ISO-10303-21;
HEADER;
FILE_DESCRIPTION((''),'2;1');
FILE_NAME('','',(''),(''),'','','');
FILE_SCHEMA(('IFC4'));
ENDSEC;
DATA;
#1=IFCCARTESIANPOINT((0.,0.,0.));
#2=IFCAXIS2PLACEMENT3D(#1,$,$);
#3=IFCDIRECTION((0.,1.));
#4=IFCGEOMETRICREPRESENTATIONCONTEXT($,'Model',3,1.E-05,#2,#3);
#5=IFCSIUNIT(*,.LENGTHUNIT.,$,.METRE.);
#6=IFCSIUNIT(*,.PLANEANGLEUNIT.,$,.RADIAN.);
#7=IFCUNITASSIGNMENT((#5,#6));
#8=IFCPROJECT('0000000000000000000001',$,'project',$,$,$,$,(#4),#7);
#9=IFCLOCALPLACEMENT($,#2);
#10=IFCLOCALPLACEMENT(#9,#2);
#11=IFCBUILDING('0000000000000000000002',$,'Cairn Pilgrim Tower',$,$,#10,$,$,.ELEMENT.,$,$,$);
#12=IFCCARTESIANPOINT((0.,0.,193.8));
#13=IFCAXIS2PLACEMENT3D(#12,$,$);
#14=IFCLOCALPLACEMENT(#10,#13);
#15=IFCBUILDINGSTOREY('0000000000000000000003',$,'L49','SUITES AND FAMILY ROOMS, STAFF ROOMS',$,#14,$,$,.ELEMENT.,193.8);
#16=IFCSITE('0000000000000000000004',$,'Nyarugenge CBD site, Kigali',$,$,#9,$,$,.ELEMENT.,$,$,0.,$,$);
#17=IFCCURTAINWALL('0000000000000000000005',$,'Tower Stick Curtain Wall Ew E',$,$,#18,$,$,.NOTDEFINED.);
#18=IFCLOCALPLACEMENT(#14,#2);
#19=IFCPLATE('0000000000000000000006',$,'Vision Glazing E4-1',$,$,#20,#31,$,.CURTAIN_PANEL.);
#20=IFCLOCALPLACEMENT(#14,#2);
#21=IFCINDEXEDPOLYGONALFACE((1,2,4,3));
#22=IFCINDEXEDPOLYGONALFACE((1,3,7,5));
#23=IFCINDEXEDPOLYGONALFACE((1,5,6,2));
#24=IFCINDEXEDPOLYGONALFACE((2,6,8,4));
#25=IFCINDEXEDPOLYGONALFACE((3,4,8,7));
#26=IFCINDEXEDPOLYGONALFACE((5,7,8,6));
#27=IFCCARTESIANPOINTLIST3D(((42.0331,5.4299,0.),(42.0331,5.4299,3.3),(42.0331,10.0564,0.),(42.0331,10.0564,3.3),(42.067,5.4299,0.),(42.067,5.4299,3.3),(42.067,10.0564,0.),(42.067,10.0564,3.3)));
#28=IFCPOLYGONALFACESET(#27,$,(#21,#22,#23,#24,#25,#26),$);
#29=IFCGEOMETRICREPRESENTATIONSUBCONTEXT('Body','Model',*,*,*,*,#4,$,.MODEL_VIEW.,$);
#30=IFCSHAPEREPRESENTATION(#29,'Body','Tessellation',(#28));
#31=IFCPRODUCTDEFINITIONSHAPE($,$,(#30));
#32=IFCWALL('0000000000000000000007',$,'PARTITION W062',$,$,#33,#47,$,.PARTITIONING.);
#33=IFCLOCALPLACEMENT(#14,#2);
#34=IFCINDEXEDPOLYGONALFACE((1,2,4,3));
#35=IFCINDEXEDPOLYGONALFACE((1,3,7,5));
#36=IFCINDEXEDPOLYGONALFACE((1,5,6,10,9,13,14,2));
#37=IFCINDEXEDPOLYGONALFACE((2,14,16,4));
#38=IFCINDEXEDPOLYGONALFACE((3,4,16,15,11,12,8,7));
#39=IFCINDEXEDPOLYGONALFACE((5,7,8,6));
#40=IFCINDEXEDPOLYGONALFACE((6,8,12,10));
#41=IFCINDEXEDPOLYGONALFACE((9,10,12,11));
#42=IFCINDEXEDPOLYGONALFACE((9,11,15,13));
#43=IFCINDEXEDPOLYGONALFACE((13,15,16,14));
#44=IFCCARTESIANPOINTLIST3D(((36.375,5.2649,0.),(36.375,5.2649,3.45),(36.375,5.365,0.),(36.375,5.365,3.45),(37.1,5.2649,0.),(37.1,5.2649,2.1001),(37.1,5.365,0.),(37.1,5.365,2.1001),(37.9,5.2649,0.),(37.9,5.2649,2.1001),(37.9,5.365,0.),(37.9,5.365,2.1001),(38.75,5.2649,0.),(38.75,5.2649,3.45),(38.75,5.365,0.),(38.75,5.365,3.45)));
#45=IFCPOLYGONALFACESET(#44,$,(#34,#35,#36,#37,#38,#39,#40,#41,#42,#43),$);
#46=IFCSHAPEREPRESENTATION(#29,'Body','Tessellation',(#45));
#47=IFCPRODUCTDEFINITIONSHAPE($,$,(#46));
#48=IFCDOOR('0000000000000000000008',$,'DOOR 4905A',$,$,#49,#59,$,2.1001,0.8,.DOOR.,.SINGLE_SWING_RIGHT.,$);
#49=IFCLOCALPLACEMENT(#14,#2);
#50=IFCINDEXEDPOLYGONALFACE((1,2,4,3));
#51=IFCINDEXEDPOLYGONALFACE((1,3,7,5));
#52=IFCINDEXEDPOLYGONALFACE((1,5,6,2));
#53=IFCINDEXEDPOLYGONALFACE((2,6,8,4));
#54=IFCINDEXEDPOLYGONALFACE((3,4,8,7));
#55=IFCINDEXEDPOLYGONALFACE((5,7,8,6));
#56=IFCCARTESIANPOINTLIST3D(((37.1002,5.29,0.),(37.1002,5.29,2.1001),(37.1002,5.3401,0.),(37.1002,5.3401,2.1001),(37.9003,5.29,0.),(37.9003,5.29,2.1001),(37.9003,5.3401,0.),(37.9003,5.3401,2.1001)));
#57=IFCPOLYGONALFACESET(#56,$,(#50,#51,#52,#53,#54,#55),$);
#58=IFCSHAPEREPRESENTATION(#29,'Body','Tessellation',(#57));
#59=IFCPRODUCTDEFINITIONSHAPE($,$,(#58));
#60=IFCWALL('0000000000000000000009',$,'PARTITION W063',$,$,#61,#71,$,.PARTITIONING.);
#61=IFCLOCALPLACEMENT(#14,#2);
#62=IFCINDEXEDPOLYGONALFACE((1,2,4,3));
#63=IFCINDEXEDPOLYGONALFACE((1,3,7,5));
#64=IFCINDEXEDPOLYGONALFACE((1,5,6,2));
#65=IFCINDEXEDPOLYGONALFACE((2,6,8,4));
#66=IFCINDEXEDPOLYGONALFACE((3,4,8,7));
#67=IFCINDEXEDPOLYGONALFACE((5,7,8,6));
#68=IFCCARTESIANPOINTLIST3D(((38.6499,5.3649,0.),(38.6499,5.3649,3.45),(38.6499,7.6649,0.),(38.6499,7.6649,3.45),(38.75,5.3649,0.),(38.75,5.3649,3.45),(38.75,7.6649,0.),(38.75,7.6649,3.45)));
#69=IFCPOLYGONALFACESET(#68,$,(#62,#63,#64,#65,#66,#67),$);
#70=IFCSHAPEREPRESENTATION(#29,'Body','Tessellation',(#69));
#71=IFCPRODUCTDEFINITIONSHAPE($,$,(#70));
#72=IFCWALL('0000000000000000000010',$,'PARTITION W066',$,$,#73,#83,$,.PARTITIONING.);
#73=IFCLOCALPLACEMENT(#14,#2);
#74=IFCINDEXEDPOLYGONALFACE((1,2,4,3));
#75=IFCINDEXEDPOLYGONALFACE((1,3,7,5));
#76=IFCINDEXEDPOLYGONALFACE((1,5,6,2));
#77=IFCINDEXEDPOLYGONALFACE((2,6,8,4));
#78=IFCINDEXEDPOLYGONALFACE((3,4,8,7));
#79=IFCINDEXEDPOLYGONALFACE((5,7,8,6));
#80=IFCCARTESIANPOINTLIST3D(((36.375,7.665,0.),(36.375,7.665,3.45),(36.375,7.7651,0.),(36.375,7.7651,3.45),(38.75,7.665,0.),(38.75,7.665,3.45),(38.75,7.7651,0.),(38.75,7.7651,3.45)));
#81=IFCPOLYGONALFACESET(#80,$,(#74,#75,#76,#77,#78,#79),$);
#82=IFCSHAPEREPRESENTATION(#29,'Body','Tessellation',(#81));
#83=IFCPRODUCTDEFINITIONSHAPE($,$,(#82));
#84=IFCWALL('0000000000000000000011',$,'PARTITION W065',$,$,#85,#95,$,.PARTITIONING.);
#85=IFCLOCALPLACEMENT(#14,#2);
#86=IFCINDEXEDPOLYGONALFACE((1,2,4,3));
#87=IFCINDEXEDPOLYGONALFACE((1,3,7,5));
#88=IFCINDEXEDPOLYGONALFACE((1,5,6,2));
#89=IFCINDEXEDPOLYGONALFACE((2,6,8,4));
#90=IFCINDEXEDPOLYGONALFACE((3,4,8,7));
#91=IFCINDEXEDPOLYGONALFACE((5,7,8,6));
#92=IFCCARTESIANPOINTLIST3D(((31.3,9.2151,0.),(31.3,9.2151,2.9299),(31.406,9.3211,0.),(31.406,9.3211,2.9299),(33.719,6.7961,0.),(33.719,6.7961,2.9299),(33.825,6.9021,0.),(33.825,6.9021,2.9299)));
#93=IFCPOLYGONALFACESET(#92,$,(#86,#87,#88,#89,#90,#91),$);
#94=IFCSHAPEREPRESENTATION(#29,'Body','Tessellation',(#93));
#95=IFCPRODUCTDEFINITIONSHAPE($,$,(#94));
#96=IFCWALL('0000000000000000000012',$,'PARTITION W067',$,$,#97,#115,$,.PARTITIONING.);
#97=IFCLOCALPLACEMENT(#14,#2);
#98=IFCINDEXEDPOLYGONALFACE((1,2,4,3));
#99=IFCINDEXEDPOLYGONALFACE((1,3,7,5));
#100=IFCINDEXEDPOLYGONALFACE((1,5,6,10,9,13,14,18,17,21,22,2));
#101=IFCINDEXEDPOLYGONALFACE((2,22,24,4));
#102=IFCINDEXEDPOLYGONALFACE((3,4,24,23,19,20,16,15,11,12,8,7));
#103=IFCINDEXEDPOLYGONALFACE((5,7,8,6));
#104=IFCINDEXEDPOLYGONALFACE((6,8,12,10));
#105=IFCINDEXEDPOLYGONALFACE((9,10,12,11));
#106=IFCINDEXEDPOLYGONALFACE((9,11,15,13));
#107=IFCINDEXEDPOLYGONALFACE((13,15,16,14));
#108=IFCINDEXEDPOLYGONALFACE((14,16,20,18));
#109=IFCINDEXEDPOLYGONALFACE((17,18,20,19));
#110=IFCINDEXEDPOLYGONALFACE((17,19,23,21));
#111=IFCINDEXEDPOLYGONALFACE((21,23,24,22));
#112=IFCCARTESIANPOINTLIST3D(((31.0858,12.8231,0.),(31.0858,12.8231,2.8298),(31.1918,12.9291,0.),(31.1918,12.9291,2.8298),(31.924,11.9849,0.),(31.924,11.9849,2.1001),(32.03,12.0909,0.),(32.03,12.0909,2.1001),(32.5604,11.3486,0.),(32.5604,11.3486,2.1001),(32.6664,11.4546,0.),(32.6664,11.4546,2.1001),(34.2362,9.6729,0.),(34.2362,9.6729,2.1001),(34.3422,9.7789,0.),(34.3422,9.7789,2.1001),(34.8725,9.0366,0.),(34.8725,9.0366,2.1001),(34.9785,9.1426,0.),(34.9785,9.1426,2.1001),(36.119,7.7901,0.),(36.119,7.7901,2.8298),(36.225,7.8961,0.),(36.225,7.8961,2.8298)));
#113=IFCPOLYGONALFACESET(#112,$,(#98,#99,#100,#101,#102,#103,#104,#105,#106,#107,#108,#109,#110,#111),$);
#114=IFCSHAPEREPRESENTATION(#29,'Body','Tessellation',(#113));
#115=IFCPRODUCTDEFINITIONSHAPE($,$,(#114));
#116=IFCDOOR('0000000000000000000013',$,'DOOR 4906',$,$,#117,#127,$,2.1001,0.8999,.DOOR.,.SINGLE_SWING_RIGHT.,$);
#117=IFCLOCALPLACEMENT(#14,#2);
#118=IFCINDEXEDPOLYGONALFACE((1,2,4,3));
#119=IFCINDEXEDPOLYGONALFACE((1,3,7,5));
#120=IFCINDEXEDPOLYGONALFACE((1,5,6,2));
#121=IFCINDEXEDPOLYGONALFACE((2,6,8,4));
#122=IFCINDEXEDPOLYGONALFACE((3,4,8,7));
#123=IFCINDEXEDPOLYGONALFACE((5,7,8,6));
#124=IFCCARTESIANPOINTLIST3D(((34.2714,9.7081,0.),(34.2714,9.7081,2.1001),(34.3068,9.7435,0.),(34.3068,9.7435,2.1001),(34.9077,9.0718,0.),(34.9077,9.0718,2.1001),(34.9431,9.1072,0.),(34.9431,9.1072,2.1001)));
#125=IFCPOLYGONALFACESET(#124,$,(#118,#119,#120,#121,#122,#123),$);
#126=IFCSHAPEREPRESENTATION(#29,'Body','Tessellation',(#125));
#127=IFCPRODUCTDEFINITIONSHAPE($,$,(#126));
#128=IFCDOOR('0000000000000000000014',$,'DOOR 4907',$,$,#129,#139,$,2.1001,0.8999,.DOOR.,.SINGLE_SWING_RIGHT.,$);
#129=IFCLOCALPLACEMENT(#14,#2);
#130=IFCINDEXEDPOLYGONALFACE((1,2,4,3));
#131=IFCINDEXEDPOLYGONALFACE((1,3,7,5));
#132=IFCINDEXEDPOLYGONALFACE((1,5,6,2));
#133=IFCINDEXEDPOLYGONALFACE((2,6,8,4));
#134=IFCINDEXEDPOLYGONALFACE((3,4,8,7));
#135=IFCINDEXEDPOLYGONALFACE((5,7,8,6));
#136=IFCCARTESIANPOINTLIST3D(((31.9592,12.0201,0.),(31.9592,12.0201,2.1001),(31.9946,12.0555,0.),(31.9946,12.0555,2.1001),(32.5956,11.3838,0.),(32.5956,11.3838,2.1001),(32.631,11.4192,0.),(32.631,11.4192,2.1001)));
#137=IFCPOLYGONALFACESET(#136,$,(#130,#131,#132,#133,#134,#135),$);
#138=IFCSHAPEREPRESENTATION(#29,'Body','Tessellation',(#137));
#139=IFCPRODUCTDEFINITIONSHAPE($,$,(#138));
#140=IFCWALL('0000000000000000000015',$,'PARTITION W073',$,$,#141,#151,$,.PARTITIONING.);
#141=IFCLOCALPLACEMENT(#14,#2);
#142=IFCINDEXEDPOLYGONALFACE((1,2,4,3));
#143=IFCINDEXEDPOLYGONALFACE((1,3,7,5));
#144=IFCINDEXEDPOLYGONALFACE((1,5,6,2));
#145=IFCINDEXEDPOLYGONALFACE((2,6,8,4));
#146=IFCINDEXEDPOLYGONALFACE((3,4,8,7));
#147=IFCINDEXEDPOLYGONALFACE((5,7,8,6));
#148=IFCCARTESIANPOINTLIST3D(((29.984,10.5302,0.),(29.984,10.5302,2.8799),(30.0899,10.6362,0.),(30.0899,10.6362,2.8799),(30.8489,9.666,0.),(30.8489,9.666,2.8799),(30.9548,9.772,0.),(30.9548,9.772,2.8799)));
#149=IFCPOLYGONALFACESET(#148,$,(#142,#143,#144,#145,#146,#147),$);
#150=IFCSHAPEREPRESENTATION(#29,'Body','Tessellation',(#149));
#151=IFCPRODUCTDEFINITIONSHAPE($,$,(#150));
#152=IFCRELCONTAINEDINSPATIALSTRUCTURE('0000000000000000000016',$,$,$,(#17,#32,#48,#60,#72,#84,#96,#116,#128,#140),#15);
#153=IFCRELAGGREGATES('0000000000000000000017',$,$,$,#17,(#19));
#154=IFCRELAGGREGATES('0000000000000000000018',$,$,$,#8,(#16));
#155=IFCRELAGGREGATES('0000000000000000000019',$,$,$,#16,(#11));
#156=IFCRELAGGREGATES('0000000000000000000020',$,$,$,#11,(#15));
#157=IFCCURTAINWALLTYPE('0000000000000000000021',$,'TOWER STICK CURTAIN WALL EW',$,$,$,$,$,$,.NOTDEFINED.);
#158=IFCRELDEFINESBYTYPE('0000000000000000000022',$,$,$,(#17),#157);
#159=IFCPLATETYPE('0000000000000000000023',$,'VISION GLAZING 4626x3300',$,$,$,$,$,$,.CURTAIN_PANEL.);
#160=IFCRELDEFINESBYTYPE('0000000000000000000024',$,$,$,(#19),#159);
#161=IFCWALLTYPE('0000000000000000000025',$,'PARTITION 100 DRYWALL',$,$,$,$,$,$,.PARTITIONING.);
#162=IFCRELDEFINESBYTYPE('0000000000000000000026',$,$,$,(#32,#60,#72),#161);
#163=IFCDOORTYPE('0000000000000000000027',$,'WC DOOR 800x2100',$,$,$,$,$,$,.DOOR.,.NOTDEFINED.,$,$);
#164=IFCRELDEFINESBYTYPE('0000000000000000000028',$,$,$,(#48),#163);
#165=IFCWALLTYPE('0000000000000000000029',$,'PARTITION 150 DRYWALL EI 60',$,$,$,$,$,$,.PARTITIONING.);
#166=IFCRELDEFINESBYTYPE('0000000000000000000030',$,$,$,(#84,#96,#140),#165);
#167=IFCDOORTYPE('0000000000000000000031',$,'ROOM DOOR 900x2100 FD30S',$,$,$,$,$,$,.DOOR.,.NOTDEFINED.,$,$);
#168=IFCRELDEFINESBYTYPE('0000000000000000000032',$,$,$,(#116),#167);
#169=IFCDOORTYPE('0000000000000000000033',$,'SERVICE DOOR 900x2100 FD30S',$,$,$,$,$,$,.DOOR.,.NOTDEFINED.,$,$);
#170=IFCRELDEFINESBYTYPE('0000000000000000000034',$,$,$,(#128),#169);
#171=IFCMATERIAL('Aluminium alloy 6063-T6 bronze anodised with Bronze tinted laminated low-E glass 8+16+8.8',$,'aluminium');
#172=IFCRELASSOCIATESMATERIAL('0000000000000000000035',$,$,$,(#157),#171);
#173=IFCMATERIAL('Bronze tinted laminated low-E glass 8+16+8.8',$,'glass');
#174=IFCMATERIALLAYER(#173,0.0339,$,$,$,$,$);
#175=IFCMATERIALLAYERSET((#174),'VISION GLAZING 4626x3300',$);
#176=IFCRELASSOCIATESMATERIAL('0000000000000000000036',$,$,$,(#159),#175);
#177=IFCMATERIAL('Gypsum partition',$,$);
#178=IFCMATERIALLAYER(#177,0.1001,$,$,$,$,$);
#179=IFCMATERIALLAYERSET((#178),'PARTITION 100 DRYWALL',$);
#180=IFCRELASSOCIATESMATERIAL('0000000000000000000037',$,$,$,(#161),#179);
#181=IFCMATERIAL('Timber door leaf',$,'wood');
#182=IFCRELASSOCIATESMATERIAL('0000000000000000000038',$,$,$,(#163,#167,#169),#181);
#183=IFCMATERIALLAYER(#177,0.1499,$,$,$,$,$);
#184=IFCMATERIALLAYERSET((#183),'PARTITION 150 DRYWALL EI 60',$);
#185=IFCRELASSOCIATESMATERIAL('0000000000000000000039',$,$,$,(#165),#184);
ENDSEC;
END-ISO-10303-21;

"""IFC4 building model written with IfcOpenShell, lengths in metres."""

from ifc_helpers import new_model, si_unit, direction, frame, frame_2d, origin, origin_2d, place, context, subcontext, project, spatial, rectangle, extrude, material, layer, layer_set, type_object, element, fill, aggregate, save


model = new_model("IFC4")

# Units and contexts
model_context = context("Model", 3, precision=1e-05, world=origin(), true_north=direction((0.0, 1.0)))
body_context = subcontext(model_context, "Body", "Model", "MODEL_VIEW")
ifc_project = project(units=[si_unit("LENGTHUNIT", "METRE"), si_unit("PLANEANGLEUNIT", "RADIAN")], contexts=[model_context])

# Site, building, storey
site_placement = place(None, origin())
site = spatial("IfcSite", under=ifc_project, at=site_placement, Name="Nyarugenge CBD site, Kigali", CompositionType="ELEMENT", RefElevation=0.0)
building_placement = place(site_placement, origin())
building = spatial("IfcBuilding", under=site, at=building_placement, Name="Cairn Pilgrim Tower", CompositionType="ELEMENT")
storey_placement = place(building_placement, frame((0.0, 0.0, 193.8)))
storey = spatial("IfcBuildingStorey", under=building, at=storey_placement, Name="L49", Description="SUITES AND FAMILY ROOMS, STAFF ROOMS", CompositionType="ELEMENT", Elevation=193.8)

# Curtain wall
ifc_material_1 = material(Name="Aluminium alloy 6063-T6 bronze anodised with Bronze tinted laminated low-E glass 8+16+8.8", Category="aluminium")
curtain_wall_type_1 = type_object("IfcCurtainWallType", Name="TOWER STICK CURTAIN WALL EW", PredefinedType="NOTDEFINED", material=ifc_material_1)
curtain_wall_1_placement = place(storey_placement, origin())
curtain_wall_1 = element("IfcCurtainWall", 1, at=curtain_wall_1_placement, inside=storey, type_object=curtain_wall_type_1, Name="Tower Stick Curtain Wall Ew E", PredefinedType="NOTDEFINED")

# Plate
ifc_material_2 = material(Name="Bronze tinted laminated low-E glass 8+16+8.8", Category="glass")
ifc_layer_1 = layer(ifc_material_2, 0.0339)
ifc_layer_set_1 = layer_set([ifc_layer_1], Name="VISION GLAZING 4626x3300")
plate_type_1 = type_object("IfcPlateType", Name="VISION GLAZING 4626x3300", PredefinedType="CURTAIN_PANEL", material=ifc_layer_set_1)
plate_1_placement = place(storey_placement, frame((42.05, 7.7432, 0.0), z_axis=(0.0, 0.0, 1.0), x_axis=(0.0, 1.0, 0.0)))
plate_1 = element("IfcPlate", 2, at=plate_1_placement, type_object=plate_type_1, Name="Vision Glazing E4-1", PredefinedType="CURTAIN_PANEL", context=body_context, shape_type="SweptSolid", body=[
    extrude(rectangle(XDim=4.6265, YDim=0.0339, at=origin_2d()), origin(), (0.0, 0.0, 1.0), 3.3),
])
aggregate(curtain_wall_1, [plate_1])

# Wall, opening, door
ifc_material_3 = material(Name="Gypsum partition")
ifc_layer_2 = layer(ifc_material_3, 0.1001)
ifc_layer_set_2 = layer_set([ifc_layer_2], Name="PARTITION 100 DRYWALL")
wall_type_1 = type_object("IfcWallType", Name="PARTITION 100 DRYWALL", PredefinedType="PARTITIONING", material=ifc_layer_set_2)
wall_1_placement = place(storey_placement, frame((36.375, 5.3149, 0.0), z_axis=(0.0, 0.0, 1.0), x_axis=(1.0, 0.0, 0.0)))
wall_1 = element("IfcWall", 3, at=wall_1_placement, inside=storey, type_object=wall_type_1, Name="PARTITION W062", PredefinedType="PARTITIONING", context=body_context, shape_type="SweptSolid", body=[
    extrude(rectangle(XDim=2.375, YDim=0.1001, at=frame_2d((1.1875, 0.0))), origin(), (0.0, 0.0, 1.0), 3.45),
])
opening_1_placement = place(wall_1_placement, frame((0.7251, 0.0, 0.0)))
opening_1 = element("IfcOpeningElement", 4, at=opening_1_placement, cuts=wall_1, PredefinedType="OPENING", context=body_context, shape_type="SweptSolid", body=[
    extrude(rectangle(XDim=0.8, YDim=2.1001, at=frame_2d((0.3999, 1.05))), frame((0.0, 0.0601, 0.0), z_axis=(0.0, -1.0, 0.0), x_axis=(1.0, 0.0, 0.0)), (0.0, 0.0, 1.0), 0.1201),
])
ifc_material_4 = material(Name="Timber door leaf", Category="wood")
door_type_1 = type_object("IfcDoorType", Name="WC DOOR 800x2100", OperationType="NOTDEFINED", PredefinedType="DOOR", material=ifc_material_4)
door_1_placement = place(opening_1_placement, frame((0.8, 0.0, 0.0), z_axis=(0.0, 0.0, 1.0), x_axis=(-1.0, 0.0, 0.0)))
door_1 = element("IfcDoor", 5, at=door_1_placement, inside=storey, type_object=door_type_1, Name="DOOR 4905A", OperationType="SINGLE_SWING_RIGHT", OverallHeight=2.1001, OverallWidth=0.8, PredefinedType="DOOR", context=body_context, shape_type="SweptSolid", body=[
    extrude(rectangle(XDim=0.8, YDim=2.1001, at=frame_2d((0.3999, 1.05))), frame((0.0, 0.0249, 0.0), z_axis=(0.0, -1.0, 0.0), x_axis=(1.0, 0.0, 0.0)), (0.0, 0.0, 1.0), 0.05),
])
fill(opening_1, door_1)

# Walls
wall_2_placement = place(storey_placement, frame((38.7, 5.365, 0.0), z_axis=(0.0, 0.0, 1.0), x_axis=(0.0, 1.0, 0.0)))
element("IfcWall", 6, at=wall_2_placement, inside=storey, type_object=wall_type_1, Name="PARTITION W063", PredefinedType="PARTITIONING", context=body_context, shape_type="SweptSolid", body=[
    extrude(rectangle(XDim=2.3, YDim=0.1001, at=frame_2d((1.1499, 0.0))), origin(), (0.0, 0.0, 1.0), 3.45),
])
wall_3_placement = place(storey_placement, frame((36.375, 7.7151, 0.0), z_axis=(0.0, 0.0, 1.0), x_axis=(1.0, 0.0, 0.0)))
element("IfcWall", 7, at=wall_3_placement, inside=storey, type_object=wall_type_1, Name="PARTITION W066", PredefinedType="PARTITIONING", context=body_context, shape_type="SweptSolid", body=[
    extrude(rectangle(XDim=2.375, YDim=0.1001, at=frame_2d((1.1875, 0.0))), origin(), (0.0, 0.0, 1.0), 3.45),
])
ifc_layer_3 = layer(ifc_material_3, 0.1499)
ifc_layer_set_3 = layer_set([ifc_layer_3], Name="PARTITION 150 DRYWALL EI 60")
wall_type_2 = type_object("IfcWallType", Name="PARTITION 150 DRYWALL EI 60", PredefinedType="PARTITIONING", material=ifc_layer_set_3)
wall_4_placement = place(storey_placement, frame((33.772, 6.8491, 0.0), z_axis=(0.0, 0.0, 1.0), x_axis=(-0.707107, 0.707107, 0.0)))
element("IfcWall", 8, at=wall_4_placement, inside=storey, type_object=wall_type_2, Name="PARTITION W065", PredefinedType="PARTITIONING", context=body_context, shape_type="SweptSolid", body=[
    extrude(rectangle(XDim=3.4209, YDim=0.1499, at=frame_2d((1.7104, 0.0))), origin(), (0.0, 0.0, 1.0), 2.9299),
])

# Wall, openings, doors
wall_5_placement = place(storey_placement, frame((36.1721, 7.843, 0.0), z_axis=(0.0, 0.0, 1.0), x_axis=(-0.707124, 0.70709, 0.0)))
wall_5 = element("IfcWall", 9, at=wall_5_placement, inside=storey, type_object=wall_type_2, Name="PARTITION W067", PredefinedType="PARTITIONING", context=body_context, shape_type="SweptSolid", body=[
    extrude(rectangle(XDim=7.1179, YDim=0.1499, at=frame_2d((3.5591, 0.0))), origin(), (0.0, 0.0, 1.0), 2.8298),
])
opening_2_placement = place(wall_5_placement, frame((1.7629, 0.0, 0.0)))
opening_2 = element("IfcOpeningElement", 10, at=opening_2_placement, cuts=wall_5, PredefinedType="OPENING", context=body_context, shape_type="SweptSolid", body=[
    extrude(rectangle(XDim=0.8999, YDim=2.1001, at=frame_2d((0.45, 1.05))), frame((0.0, 0.085, 0.0), z_axis=(0.0, -1.0, 0.0), x_axis=(1.0, 0.0, 0.0)), (0.0, 0.0, 1.0), 0.1699),
])
opening_3_placement = place(wall_5_placement, frame((5.0327, 0.0, 0.0)))
opening_3 = element("IfcOpeningElement", 11, at=opening_3_placement, cuts=wall_5, PredefinedType="OPENING", context=body_context, shape_type="SweptSolid", body=[
    extrude(rectangle(XDim=0.8999, YDim=2.1001, at=frame_2d((0.45, 1.05))), frame((0.0, 0.085, 0.0), z_axis=(0.0, -1.0, 0.0), x_axis=(1.0, 0.0, 0.0)), (0.0, 0.0, 1.0), 0.1699),
])
door_type_2 = type_object("IfcDoorType", Name="ROOM DOOR 900x2100 FD30S", OperationType="NOTDEFINED", PredefinedType="DOOR", material=ifc_material_4)
door_2_placement = place(opening_2_placement, frame((0.8999, 0.0, 0.0), z_axis=(0.0, 0.0, 1.0), x_axis=(-1.0, 0.0, 0.0)))
door_2 = element("IfcDoor", 12, at=door_2_placement, inside=storey, type_object=door_type_2, Name="DOOR 4906", OperationType="SINGLE_SWING_RIGHT", OverallHeight=2.1001, OverallWidth=0.8999, PredefinedType="DOOR", context=body_context, shape_type="SweptSolid", body=[
    extrude(rectangle(XDim=0.8999, YDim=2.1001, at=frame_2d((0.45, 1.05))), frame((0.0, 0.0249, 0.0), z_axis=(0.0, -1.0, 0.0), x_axis=(1.0, 0.0, 0.0)), (0.0, 0.0, 1.0), 0.05),
])
fill(opening_2, door_2)
door_type_3 = type_object("IfcDoorType", Name="SERVICE DOOR 900x2100 FD30S", OperationType="NOTDEFINED", PredefinedType="DOOR", material=ifc_material_4)
door_3_placement = place(opening_3_placement, frame((0.8999, 0.0, 0.0), z_axis=(0.0, 0.0, 1.0), x_axis=(-1.0, 0.0, 0.0)))
door_3 = element("IfcDoor", 13, at=door_3_placement, inside=storey, type_object=door_type_3, Name="DOOR 4907", OperationType="SINGLE_SWING_RIGHT", OverallHeight=2.1001, OverallWidth=0.8999, PredefinedType="DOOR", context=body_context, shape_type="SweptSolid", body=[
    extrude(rectangle(XDim=0.8999, YDim=2.1001, at=frame_2d((0.45, 1.05))), frame((0.0, 0.0249, 0.0), z_axis=(0.0, -1.0, 0.0), x_axis=(1.0, 0.0, 0.0)), (0.0, 0.0, 1.0), 0.05),
])
fill(opening_3, door_3)

# Wall
wall_6_placement = place(storey_placement, frame((30.9019, 9.719, 0.0), z_axis=(0.0, 0.0, 1.0), x_axis=(-0.707406, 0.706807, 0.0)))
element("IfcWall", 14, at=wall_6_placement, inside=storey, type_object=wall_type_2, Name="PARTITION W073", PredefinedType="PARTITIONING", context=body_context, shape_type="SweptSolid", body=[
    extrude(rectangle(XDim=1.2227, YDim=0.1499, at=frame_2d((0.6113, 0.0))), origin(), (0.0, 0.0, 1.0), 2.8799),
])

save(model, "model.ifc")
